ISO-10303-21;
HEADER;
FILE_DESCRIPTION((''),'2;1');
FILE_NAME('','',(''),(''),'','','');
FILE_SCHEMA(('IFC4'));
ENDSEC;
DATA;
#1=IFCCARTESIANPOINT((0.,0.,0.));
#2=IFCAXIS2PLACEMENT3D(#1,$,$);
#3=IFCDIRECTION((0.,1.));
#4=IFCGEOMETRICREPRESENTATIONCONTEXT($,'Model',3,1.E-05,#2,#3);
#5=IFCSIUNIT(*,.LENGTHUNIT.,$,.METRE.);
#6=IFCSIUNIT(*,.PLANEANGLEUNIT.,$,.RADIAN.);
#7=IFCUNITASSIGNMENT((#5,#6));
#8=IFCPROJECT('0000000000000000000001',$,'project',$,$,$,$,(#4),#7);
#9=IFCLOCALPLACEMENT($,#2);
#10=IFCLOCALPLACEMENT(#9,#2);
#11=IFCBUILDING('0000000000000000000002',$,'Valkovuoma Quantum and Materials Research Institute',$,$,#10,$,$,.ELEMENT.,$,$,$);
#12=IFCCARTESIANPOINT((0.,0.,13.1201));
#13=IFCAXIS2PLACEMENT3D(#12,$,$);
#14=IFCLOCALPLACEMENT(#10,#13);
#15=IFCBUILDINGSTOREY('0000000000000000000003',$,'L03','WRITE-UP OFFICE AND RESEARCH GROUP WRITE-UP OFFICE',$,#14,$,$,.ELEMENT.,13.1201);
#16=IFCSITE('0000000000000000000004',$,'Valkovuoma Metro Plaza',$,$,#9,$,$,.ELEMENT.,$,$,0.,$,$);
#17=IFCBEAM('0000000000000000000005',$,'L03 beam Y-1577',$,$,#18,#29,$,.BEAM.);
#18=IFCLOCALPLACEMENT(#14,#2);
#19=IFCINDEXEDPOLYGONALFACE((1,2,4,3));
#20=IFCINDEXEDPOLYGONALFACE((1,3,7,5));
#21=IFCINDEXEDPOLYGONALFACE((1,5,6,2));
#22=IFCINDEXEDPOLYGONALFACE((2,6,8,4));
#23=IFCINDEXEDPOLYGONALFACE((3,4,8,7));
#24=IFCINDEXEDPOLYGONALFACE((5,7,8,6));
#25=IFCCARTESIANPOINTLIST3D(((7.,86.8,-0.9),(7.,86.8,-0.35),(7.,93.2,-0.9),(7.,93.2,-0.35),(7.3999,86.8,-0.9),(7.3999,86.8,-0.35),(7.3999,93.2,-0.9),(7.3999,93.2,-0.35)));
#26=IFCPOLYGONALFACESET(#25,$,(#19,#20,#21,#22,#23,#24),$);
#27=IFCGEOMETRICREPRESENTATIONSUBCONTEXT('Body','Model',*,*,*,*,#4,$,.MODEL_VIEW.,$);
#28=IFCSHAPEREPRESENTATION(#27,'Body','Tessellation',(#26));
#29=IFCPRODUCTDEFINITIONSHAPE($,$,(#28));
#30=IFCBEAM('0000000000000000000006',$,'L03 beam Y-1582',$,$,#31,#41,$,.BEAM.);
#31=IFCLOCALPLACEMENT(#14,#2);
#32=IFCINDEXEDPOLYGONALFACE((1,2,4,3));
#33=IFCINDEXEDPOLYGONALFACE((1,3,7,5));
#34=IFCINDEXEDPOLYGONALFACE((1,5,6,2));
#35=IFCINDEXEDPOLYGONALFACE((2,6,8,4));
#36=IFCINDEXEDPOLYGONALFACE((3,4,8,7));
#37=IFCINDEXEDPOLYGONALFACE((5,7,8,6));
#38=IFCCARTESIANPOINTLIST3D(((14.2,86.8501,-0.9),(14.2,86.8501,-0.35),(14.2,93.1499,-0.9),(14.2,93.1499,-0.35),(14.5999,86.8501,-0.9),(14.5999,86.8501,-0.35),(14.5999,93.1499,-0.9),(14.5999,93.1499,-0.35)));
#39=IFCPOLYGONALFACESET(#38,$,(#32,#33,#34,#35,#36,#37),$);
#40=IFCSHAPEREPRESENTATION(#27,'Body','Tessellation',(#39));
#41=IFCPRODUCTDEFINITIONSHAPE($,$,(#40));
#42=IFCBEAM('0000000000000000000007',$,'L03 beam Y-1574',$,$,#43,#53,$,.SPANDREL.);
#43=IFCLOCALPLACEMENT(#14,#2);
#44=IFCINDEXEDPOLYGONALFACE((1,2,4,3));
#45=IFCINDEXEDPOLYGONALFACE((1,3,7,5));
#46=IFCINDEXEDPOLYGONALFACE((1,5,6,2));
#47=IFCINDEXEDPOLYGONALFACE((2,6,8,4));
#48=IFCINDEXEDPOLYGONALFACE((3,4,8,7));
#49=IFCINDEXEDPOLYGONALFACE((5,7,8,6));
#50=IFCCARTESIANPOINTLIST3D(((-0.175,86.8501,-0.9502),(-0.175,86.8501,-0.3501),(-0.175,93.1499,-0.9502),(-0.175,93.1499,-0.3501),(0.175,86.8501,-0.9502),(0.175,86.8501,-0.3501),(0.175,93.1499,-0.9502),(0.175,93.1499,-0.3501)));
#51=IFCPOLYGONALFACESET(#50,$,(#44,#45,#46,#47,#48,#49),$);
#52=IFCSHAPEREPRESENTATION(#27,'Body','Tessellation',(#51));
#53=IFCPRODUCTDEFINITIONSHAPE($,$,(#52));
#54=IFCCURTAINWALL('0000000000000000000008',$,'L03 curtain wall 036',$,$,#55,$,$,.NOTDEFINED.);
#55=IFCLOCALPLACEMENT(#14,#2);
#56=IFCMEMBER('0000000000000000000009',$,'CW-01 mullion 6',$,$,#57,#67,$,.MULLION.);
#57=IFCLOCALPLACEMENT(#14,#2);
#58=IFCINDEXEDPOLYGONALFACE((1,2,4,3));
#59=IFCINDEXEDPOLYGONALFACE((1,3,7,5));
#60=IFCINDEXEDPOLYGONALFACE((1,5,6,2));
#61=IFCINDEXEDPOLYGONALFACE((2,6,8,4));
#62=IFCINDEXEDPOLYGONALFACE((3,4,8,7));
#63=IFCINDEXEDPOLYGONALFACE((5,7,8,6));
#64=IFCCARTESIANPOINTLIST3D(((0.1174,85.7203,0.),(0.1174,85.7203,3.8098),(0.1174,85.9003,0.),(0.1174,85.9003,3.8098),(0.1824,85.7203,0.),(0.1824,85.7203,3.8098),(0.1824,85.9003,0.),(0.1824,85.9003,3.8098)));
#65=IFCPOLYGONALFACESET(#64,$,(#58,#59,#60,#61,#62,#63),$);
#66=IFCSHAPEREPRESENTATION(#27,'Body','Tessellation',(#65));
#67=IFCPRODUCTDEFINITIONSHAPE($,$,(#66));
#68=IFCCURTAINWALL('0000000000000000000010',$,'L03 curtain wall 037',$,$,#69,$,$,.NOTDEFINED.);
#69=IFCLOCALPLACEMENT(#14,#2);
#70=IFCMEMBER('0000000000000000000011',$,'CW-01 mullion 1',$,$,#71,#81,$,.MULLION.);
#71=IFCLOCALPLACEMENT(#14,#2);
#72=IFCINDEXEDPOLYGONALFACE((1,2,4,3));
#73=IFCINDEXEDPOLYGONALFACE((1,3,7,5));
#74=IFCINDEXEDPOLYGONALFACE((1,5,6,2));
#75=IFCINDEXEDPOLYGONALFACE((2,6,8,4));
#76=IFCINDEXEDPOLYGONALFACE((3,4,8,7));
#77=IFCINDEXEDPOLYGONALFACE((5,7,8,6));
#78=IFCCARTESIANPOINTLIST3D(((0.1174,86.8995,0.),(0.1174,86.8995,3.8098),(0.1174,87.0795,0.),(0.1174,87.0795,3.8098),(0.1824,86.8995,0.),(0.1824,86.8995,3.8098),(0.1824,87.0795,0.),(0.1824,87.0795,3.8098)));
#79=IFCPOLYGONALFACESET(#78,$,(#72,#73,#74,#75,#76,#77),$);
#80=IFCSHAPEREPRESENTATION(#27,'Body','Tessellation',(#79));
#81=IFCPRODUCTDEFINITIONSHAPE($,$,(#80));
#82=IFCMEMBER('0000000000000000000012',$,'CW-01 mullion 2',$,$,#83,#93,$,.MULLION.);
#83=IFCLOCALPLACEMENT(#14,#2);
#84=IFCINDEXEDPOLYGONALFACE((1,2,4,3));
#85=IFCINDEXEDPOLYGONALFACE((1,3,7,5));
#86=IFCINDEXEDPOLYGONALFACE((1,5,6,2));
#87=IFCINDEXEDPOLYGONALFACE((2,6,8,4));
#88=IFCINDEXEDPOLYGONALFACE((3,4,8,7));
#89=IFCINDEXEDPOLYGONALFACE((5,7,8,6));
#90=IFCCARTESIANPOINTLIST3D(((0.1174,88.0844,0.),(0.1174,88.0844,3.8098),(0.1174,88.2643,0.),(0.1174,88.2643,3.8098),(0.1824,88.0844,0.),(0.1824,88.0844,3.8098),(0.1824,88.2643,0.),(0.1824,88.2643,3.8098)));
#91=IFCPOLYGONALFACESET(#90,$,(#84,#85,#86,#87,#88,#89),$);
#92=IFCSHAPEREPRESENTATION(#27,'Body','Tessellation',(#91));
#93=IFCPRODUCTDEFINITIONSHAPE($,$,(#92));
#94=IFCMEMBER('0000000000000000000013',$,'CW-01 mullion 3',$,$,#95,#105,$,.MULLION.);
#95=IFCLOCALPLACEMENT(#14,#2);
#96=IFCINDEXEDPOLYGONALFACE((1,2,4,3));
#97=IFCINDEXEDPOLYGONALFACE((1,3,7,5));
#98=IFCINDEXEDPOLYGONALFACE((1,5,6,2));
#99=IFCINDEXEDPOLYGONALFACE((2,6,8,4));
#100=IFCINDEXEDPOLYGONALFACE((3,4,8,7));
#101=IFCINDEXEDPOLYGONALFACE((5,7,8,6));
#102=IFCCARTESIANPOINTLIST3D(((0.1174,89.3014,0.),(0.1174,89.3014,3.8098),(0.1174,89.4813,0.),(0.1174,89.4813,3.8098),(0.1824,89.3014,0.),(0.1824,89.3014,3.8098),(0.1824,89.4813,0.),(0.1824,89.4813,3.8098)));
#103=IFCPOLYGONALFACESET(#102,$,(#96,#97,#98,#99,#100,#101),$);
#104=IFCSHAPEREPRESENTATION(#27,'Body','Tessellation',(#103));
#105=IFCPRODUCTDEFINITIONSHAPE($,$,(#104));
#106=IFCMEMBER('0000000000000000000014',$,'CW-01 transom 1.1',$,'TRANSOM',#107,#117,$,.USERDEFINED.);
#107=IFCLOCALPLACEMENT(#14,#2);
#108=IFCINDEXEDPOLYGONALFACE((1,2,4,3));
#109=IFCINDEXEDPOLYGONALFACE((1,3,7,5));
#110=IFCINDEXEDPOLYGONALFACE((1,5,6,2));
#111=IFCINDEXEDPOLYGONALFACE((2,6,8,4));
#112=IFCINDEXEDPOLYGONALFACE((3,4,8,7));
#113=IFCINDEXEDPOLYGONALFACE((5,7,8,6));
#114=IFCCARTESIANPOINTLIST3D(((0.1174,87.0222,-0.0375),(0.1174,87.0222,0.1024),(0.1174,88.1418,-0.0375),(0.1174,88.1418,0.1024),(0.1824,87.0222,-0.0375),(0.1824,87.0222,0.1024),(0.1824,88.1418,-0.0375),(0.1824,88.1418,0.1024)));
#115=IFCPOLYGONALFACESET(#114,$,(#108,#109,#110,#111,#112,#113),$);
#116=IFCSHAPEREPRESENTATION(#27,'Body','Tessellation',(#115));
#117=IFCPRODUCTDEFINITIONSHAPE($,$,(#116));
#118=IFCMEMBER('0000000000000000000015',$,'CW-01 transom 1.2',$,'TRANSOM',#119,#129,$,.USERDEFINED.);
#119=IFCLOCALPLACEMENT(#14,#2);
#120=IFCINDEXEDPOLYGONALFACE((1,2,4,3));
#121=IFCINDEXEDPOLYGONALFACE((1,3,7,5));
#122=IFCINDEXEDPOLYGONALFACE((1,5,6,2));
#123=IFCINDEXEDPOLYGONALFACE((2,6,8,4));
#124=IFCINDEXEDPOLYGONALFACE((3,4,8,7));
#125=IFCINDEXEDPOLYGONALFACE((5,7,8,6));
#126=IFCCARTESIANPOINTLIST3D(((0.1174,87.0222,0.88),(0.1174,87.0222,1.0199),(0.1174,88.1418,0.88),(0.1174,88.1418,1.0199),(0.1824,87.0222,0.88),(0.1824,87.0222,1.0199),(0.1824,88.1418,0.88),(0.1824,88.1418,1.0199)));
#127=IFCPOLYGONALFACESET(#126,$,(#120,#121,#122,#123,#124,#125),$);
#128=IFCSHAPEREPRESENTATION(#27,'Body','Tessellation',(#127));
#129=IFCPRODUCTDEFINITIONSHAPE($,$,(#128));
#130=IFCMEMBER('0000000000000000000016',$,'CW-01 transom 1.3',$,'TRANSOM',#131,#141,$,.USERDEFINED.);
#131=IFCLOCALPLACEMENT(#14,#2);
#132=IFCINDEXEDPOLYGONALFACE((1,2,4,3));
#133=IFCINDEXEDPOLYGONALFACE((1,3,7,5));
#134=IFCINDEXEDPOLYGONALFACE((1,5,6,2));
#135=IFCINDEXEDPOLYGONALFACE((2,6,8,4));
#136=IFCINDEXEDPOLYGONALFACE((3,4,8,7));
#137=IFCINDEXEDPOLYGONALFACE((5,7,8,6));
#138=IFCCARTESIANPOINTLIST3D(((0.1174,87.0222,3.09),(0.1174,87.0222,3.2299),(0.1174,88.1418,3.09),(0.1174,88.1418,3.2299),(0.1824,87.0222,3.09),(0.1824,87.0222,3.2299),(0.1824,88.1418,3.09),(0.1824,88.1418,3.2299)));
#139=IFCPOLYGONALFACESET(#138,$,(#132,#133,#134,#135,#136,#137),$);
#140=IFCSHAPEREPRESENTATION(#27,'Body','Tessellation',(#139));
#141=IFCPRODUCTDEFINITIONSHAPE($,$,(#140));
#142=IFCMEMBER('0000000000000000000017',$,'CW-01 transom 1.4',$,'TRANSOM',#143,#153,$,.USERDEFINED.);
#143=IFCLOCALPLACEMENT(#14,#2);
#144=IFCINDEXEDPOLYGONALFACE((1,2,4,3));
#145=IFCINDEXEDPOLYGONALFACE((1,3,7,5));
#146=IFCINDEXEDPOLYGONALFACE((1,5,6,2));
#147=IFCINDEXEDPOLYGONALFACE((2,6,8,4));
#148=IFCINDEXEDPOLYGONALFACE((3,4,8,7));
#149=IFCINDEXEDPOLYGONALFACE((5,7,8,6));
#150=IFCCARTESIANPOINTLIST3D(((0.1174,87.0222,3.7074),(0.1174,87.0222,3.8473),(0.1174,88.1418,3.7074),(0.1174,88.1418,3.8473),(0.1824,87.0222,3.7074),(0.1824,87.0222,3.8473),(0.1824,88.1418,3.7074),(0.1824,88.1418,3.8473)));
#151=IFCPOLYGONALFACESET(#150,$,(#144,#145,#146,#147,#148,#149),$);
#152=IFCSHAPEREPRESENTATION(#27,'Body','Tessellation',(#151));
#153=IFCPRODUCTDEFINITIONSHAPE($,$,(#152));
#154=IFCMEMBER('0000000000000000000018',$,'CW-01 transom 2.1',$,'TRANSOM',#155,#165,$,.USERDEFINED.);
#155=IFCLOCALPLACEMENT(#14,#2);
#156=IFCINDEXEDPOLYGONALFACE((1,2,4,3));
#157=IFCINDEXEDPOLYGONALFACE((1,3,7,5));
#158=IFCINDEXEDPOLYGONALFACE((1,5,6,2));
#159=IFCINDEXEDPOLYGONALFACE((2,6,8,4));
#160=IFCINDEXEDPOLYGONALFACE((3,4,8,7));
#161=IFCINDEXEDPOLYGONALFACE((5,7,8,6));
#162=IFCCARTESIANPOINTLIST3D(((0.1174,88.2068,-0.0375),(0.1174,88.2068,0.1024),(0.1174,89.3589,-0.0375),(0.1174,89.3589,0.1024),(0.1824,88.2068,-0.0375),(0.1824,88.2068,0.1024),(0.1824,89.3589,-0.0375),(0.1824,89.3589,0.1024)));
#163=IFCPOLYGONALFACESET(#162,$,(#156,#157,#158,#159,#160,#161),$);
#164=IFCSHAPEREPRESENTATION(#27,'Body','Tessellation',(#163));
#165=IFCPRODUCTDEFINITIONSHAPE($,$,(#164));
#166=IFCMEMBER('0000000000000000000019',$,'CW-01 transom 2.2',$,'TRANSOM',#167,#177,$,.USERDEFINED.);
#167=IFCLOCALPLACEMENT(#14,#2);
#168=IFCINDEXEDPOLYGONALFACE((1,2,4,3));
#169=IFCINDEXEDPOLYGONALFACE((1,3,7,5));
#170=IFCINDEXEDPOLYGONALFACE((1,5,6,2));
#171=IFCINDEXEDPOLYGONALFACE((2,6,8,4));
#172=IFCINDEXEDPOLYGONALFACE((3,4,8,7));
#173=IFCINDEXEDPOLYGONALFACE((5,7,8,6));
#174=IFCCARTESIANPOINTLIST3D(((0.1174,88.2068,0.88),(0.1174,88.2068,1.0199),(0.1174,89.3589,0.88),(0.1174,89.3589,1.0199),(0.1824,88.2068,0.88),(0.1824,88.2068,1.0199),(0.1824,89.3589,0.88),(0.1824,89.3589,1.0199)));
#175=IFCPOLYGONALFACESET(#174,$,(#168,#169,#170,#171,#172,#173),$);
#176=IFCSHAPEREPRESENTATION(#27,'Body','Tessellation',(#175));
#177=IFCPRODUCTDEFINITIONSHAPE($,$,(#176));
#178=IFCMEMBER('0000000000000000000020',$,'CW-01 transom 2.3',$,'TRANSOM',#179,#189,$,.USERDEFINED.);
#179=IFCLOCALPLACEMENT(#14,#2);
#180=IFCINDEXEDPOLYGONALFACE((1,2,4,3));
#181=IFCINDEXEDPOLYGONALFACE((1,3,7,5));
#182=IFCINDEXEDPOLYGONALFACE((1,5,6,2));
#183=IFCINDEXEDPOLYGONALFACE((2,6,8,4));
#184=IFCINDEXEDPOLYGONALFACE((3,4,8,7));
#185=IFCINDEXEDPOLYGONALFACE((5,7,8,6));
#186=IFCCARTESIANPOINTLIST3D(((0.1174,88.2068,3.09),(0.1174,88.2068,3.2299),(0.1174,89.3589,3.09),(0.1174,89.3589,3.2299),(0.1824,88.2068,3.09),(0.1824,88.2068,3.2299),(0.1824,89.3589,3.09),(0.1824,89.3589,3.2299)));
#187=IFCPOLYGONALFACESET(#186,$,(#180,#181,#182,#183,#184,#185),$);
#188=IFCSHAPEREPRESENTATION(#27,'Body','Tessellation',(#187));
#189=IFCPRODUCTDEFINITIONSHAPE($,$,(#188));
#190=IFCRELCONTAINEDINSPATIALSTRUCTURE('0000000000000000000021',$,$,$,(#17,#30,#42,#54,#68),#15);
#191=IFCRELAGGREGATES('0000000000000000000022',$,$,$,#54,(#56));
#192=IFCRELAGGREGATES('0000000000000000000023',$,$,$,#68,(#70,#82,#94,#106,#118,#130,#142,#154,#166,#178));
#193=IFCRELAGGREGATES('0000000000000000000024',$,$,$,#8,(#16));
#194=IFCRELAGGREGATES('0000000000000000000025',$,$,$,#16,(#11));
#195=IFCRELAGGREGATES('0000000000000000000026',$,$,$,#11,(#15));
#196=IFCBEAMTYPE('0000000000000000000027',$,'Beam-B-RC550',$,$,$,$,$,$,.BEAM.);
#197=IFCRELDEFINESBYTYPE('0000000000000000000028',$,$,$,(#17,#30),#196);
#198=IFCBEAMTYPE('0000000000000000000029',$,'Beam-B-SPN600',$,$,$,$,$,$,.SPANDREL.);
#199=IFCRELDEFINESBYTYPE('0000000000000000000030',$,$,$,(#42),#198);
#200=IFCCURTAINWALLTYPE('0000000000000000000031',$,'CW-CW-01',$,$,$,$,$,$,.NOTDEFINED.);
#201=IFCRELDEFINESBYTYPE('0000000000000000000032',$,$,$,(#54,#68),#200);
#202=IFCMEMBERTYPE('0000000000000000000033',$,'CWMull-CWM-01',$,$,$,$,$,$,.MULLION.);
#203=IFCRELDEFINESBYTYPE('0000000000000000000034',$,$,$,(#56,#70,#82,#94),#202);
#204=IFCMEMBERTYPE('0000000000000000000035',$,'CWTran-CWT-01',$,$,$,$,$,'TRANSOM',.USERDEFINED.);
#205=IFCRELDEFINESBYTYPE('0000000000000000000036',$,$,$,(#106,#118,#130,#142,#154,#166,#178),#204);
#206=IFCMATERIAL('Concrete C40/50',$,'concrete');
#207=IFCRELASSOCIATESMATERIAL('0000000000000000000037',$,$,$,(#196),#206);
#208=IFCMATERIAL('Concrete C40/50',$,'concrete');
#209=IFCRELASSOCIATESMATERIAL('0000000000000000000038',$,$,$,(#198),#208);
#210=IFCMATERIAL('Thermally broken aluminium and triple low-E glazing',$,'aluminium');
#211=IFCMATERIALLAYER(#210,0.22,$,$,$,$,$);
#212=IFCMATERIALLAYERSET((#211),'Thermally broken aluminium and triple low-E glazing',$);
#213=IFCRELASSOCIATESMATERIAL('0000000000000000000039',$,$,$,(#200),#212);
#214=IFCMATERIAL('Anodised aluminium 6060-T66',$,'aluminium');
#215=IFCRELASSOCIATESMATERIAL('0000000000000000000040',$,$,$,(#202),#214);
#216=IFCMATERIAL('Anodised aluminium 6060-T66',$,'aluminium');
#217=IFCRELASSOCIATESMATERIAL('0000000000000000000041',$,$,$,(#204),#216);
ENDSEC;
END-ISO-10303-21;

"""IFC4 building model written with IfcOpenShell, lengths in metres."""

from ifc_helpers import new_model, si_unit, direction, frame, origin, origin_2d, place, context, subcontext, project, spatial, rectangle, extrude, material, layer, layer_set, material_profile, profile_set, type_object, element, aggregate, save


model = new_model("IFC4")

# Units and contexts
model_context = context("Model", 3, precision=1e-05, world=origin(), true_north=direction((0.0, 1.0)))
body_context = subcontext(model_context, "Body", "Model", "MODEL_VIEW")
ifc_project = project(units=[si_unit("LENGTHUNIT", "METRE"), si_unit("PLANEANGLEUNIT", "RADIAN")], contexts=[model_context])

# Site, building, storey
site_placement = place(None, origin())
site = spatial("IfcSite", under=ifc_project, at=site_placement, Name="Valkovuoma Metro Plaza", CompositionType="ELEMENT", RefElevation=0.0)
building_placement = place(site_placement, origin())
building = spatial("IfcBuilding", under=site, at=building_placement, Name="Valkovuoma Quantum and Materials Research Institute", CompositionType="ELEMENT")
storey_placement = place(building_placement, frame((0.0, 0.0, 13.1201)))
storey = spatial("IfcBuildingStorey", under=building, at=storey_placement, Name="L03", Description="WRITE-UP OFFICE AND RESEARCH GROUP WRITE-UP OFFICE", CompositionType="ELEMENT", Elevation=13.1201)

# Beams
ifc_material_1 = material(Name="Concrete C40/50", Category="concrete")
ifc_material_profile_1 = material_profile(ifc_material_1, rectangle(XDim=0.3999, YDim=0.55, at=origin_2d()), Name="Concrete C40/50")
ifc_profile_set_1 = profile_set([ifc_material_profile_1], Name="Concrete C40/50")
beam_type_1 = type_object("IfcBeamType", Name="Beam-B-RC550", PredefinedType="BEAM", material=ifc_profile_set_1)
beam_1_placement = place(storey_placement, frame((7.2, 86.8, -0.625), z_axis=(0.0, 1.0, 0.0), x_axis=(-1.0, 0.0, 0.0)))
element("IfcBeam", 1, at=beam_1_placement, inside=storey, type_object=beam_type_1, Name="L03 beam Y-1577", PredefinedType="BEAM", context=body_context, shape_type="SweptSolid", body=[
    extrude(rectangle(XDim=0.3999, YDim=0.55, at=origin_2d()), origin(), (0.0, 0.0, 1.0), 6.3999),
])
beam_2_placement = place(storey_placement, frame((14.3999, 86.8501, -0.625), z_axis=(0.0, 1.0, 0.0), x_axis=(-1.0, 0.0, 0.0)))
element("IfcBeam", 2, at=beam_2_placement, inside=storey, type_object=beam_type_1, Name="L03 beam Y-1582", PredefinedType="BEAM", context=body_context, shape_type="SweptSolid", body=[
    extrude(rectangle(XDim=0.3999, YDim=0.55, at=origin_2d()), origin(), (0.0, 0.0, 1.0), 6.2998),
])
ifc_material_2 = material(Name="Concrete C40/50", Category="concrete")
ifc_material_profile_2 = material_profile(ifc_material_2, rectangle(XDim=0.3501, YDim=0.6001, at=origin_2d()), Name="Concrete C40/50")
ifc_profile_set_2 = profile_set([ifc_material_profile_2], Name="Concrete C40/50")
beam_type_2 = type_object("IfcBeamType", Name="Beam-B-SPN600", PredefinedType="SPANDREL", material=ifc_profile_set_2)
beam_3_placement = place(storey_placement, frame((0.0, 86.8501, -0.6501), z_axis=(0.0, 1.0, 0.0), x_axis=(-1.0, 0.0, 0.0)))
element("IfcBeam", 3, at=beam_3_placement, inside=storey, type_object=beam_type_2, Name="L03 beam Y-1574", PredefinedType="SPANDREL", context=body_context, shape_type="SweptSolid", body=[
    extrude(rectangle(XDim=0.3501, YDim=0.6001, at=origin_2d()), origin(), (0.0, 0.0, 1.0), 6.2998),
])

# Curtain wall, member
ifc_material_3 = material(Name="Thermally broken aluminium and triple low-E glazing", Category="aluminium")
ifc_layer_1 = layer(ifc_material_3, 0.22)
ifc_layer_set_1 = layer_set([ifc_layer_1], Name="Thermally broken aluminium and triple low-E glazing")
curtain_wall_type = type_object("IfcCurtainWallType", Name="CW-CW-01", PredefinedType="NOTDEFINED", material=ifc_layer_set_1)
curtain_wall_1_placement = place(storey_placement, origin())
curtain_wall_1 = element("IfcCurtainWall", 4, at=curtain_wall_1_placement, inside=storey, type_object=curtain_wall_type, Name="L03 curtain wall 036", PredefinedType="NOTDEFINED")
ifc_material_4 = material(Name="Anodised aluminium 6060-T66", Category="aluminium")
ifc_material_profile_3 = material_profile(ifc_material_4, rectangle(XDim=0.0649, YDim=0.1799, at=origin_2d()), Name="Anodised aluminium 6060-T66")
ifc_profile_set_3 = profile_set([ifc_material_profile_3], Name="Anodised aluminium 6060-T66")
member_type_1 = type_object("IfcMemberType", Name="CWMull-CWM-01", PredefinedType="MULLION", material=ifc_profile_set_3)
member_1_placement = place(storey_placement, frame((0.1499, 85.8103, 0.0), z_axis=(0.0, 0.0, 1.0), x_axis=(-1.0, 0.0, 0.0)))
member_1 = element("IfcMember", 5, at=member_1_placement, type_object=member_type_1, Name="CW-01 mullion 6", PredefinedType="MULLION", context=body_context, shape_type="SweptSolid", body=[
    extrude(rectangle(XDim=0.0649, YDim=0.1799, at=origin_2d()), origin(), (0.0, 0.0, 1.0), 3.8098),
])
aggregate(curtain_wall_1, [member_1])

# Curtain wall, members
curtain_wall_2_placement = place(storey_placement, origin())
curtain_wall_2 = element("IfcCurtainWall", 6, at=curtain_wall_2_placement, inside=storey, type_object=curtain_wall_type, Name="L03 curtain wall 037", PredefinedType="NOTDEFINED")
member_2_placement = place(storey_placement, frame((0.1499, 86.9895, 0.0), z_axis=(0.0, 0.0, 1.0), x_axis=(-1.0, 0.0, 0.0)))
member_2 = element("IfcMember", 7, at=member_2_placement, type_object=member_type_1, Name="CW-01 mullion 1", PredefinedType="MULLION", context=body_context, shape_type="SweptSolid", body=[
    extrude(rectangle(XDim=0.0649, YDim=0.1799, at=origin_2d()), origin(), (0.0, 0.0, 1.0), 3.8098),
])
member_3_placement = place(storey_placement, frame((0.1499, 88.1743, 0.0), z_axis=(0.0, 0.0, 1.0), x_axis=(-1.0, 0.0, 0.0)))
member_3 = element("IfcMember", 8, at=member_3_placement, type_object=member_type_1, Name="CW-01 mullion 2", PredefinedType="MULLION", context=body_context, shape_type="SweptSolid", body=[
    extrude(rectangle(XDim=0.0649, YDim=0.1799, at=origin_2d()), origin(), (0.0, 0.0, 1.0), 3.8098),
])
member_4_placement = place(storey_placement, frame((0.1499, 89.3914, 0.0), z_axis=(0.0, 0.0, 1.0), x_axis=(-1.0, 0.0, 0.0)))
member_4 = element("IfcMember", 9, at=member_4_placement, type_object=member_type_1, Name="CW-01 mullion 3", PredefinedType="MULLION", context=body_context, shape_type="SweptSolid", body=[
    extrude(rectangle(XDim=0.0649, YDim=0.1799, at=origin_2d()), origin(), (0.0, 0.0, 1.0), 3.8098),
])
ifc_material_5 = material(Name="Anodised aluminium 6060-T66", Category="aluminium")
ifc_material_profile_4 = material_profile(ifc_material_5, rectangle(XDim=0.0649, YDim=0.1399, at=origin_2d()), Name="Anodised aluminium 6060-T66")
ifc_profile_set_4 = profile_set([ifc_material_profile_4], Name="Anodised aluminium 6060-T66")
member_type_2 = type_object("IfcMemberType", Name="CWTran-CWT-01", ElementType="TRANSOM", PredefinedType="USERDEFINED", material=ifc_profile_set_4)
member_5_placement = place(storey_placement, frame((0.1499, 87.0222, 0.0325), z_axis=(0.0, 1.0, 0.0), x_axis=(-1.0, 0.0, 0.0)))
member_5 = element("IfcMember", 10, at=member_5_placement, type_object=member_type_2, Name="CW-01 transom 1.1", ObjectType="TRANSOM", PredefinedType="USERDEFINED", context=body_context, shape_type="SweptSolid", body=[
    extrude(rectangle(XDim=0.0649, YDim=0.1399, at=origin_2d()), origin(), (0.0, 0.0, 1.0), 1.1196),
])
member_6_placement = place(storey_placement, frame((0.1499, 87.0222, 0.95), z_axis=(0.0, 1.0, 0.0), x_axis=(-1.0, 0.0, 0.0)))
member_6 = element("IfcMember", 11, at=member_6_placement, type_object=member_type_2, Name="CW-01 transom 1.2", ObjectType="TRANSOM", PredefinedType="USERDEFINED", context=body_context, shape_type="SweptSolid", body=[
    extrude(rectangle(XDim=0.0649, YDim=0.1399, at=origin_2d()), origin(), (0.0, 0.0, 1.0), 1.1196),
])
member_7_placement = place(storey_placement, frame((0.1499, 87.0222, 3.1599), z_axis=(0.0, 1.0, 0.0), x_axis=(-1.0, 0.0, 0.0)))
member_7 = element("IfcMember", 12, at=member_7_placement, type_object=member_type_2, Name="CW-01 transom 1.3", ObjectType="TRANSOM", PredefinedType="USERDEFINED", context=body_context, shape_type="SweptSolid", body=[
    extrude(rectangle(XDim=0.0649, YDim=0.1399, at=origin_2d()), origin(), (0.0, 0.0, 1.0), 1.1196),
])
member_8_placement = place(storey_placement, frame((0.1499, 87.0222, 3.7773), z_axis=(0.0, 1.0, 0.0), x_axis=(-1.0, 0.0, 0.0)))
member_8 = element("IfcMember", 13, at=member_8_placement, type_object=member_type_2, Name="CW-01 transom 1.4", ObjectType="TRANSOM", PredefinedType="USERDEFINED", context=body_context, shape_type="SweptSolid", body=[
    extrude(rectangle(XDim=0.0649, YDim=0.1399, at=origin_2d()), origin(), (0.0, 0.0, 1.0), 1.1196),
])
member_9_placement = place(storey_placement, frame((0.1499, 88.2068, 0.0325), z_axis=(0.0, 1.0, 0.0), x_axis=(-1.0, 0.0, 0.0)))
member_9 = element("IfcMember", 14, at=member_9_placement, type_object=member_type_2, Name="CW-01 transom 2.1", ObjectType="TRANSOM", PredefinedType="USERDEFINED", context=body_context, shape_type="SweptSolid", body=[
    extrude(rectangle(XDim=0.0649, YDim=0.1399, at=origin_2d()), origin(), (0.0, 0.0, 1.0), 1.1521),
])
member_10_placement = place(storey_placement, frame((0.1499, 88.2068, 0.95), z_axis=(0.0, 1.0, 0.0), x_axis=(-1.0, 0.0, 0.0)))
member_10 = element("IfcMember", 15, at=member_10_placement, type_object=member_type_2, Name="CW-01 transom 2.2", ObjectType="TRANSOM", PredefinedType="USERDEFINED", context=body_context, shape_type="SweptSolid", body=[
    extrude(rectangle(XDim=0.0649, YDim=0.1399, at=origin_2d()), origin(), (0.0, 0.0, 1.0), 1.1521),
])
member_11_placement = place(storey_placement, frame((0.1499, 88.2068, 3.1599), z_axis=(0.0, 1.0, 0.0), x_axis=(-1.0, 0.0, 0.0)))
member_11 = element("IfcMember", 16, at=member_11_placement, type_object=member_type_2, Name="CW-01 transom 2.3", ObjectType="TRANSOM", PredefinedType="USERDEFINED", context=body_context, shape_type="SweptSolid", body=[
    extrude(rectangle(XDim=0.0649, YDim=0.1399, at=origin_2d()), origin(), (0.0, 0.0, 1.0), 1.1521),
])
aggregate(curtain_wall_2, [member_2, member_3, member_4, member_5, member_6, member_7, member_8, member_9, member_10, member_11])

save(model, "model.ifc")
